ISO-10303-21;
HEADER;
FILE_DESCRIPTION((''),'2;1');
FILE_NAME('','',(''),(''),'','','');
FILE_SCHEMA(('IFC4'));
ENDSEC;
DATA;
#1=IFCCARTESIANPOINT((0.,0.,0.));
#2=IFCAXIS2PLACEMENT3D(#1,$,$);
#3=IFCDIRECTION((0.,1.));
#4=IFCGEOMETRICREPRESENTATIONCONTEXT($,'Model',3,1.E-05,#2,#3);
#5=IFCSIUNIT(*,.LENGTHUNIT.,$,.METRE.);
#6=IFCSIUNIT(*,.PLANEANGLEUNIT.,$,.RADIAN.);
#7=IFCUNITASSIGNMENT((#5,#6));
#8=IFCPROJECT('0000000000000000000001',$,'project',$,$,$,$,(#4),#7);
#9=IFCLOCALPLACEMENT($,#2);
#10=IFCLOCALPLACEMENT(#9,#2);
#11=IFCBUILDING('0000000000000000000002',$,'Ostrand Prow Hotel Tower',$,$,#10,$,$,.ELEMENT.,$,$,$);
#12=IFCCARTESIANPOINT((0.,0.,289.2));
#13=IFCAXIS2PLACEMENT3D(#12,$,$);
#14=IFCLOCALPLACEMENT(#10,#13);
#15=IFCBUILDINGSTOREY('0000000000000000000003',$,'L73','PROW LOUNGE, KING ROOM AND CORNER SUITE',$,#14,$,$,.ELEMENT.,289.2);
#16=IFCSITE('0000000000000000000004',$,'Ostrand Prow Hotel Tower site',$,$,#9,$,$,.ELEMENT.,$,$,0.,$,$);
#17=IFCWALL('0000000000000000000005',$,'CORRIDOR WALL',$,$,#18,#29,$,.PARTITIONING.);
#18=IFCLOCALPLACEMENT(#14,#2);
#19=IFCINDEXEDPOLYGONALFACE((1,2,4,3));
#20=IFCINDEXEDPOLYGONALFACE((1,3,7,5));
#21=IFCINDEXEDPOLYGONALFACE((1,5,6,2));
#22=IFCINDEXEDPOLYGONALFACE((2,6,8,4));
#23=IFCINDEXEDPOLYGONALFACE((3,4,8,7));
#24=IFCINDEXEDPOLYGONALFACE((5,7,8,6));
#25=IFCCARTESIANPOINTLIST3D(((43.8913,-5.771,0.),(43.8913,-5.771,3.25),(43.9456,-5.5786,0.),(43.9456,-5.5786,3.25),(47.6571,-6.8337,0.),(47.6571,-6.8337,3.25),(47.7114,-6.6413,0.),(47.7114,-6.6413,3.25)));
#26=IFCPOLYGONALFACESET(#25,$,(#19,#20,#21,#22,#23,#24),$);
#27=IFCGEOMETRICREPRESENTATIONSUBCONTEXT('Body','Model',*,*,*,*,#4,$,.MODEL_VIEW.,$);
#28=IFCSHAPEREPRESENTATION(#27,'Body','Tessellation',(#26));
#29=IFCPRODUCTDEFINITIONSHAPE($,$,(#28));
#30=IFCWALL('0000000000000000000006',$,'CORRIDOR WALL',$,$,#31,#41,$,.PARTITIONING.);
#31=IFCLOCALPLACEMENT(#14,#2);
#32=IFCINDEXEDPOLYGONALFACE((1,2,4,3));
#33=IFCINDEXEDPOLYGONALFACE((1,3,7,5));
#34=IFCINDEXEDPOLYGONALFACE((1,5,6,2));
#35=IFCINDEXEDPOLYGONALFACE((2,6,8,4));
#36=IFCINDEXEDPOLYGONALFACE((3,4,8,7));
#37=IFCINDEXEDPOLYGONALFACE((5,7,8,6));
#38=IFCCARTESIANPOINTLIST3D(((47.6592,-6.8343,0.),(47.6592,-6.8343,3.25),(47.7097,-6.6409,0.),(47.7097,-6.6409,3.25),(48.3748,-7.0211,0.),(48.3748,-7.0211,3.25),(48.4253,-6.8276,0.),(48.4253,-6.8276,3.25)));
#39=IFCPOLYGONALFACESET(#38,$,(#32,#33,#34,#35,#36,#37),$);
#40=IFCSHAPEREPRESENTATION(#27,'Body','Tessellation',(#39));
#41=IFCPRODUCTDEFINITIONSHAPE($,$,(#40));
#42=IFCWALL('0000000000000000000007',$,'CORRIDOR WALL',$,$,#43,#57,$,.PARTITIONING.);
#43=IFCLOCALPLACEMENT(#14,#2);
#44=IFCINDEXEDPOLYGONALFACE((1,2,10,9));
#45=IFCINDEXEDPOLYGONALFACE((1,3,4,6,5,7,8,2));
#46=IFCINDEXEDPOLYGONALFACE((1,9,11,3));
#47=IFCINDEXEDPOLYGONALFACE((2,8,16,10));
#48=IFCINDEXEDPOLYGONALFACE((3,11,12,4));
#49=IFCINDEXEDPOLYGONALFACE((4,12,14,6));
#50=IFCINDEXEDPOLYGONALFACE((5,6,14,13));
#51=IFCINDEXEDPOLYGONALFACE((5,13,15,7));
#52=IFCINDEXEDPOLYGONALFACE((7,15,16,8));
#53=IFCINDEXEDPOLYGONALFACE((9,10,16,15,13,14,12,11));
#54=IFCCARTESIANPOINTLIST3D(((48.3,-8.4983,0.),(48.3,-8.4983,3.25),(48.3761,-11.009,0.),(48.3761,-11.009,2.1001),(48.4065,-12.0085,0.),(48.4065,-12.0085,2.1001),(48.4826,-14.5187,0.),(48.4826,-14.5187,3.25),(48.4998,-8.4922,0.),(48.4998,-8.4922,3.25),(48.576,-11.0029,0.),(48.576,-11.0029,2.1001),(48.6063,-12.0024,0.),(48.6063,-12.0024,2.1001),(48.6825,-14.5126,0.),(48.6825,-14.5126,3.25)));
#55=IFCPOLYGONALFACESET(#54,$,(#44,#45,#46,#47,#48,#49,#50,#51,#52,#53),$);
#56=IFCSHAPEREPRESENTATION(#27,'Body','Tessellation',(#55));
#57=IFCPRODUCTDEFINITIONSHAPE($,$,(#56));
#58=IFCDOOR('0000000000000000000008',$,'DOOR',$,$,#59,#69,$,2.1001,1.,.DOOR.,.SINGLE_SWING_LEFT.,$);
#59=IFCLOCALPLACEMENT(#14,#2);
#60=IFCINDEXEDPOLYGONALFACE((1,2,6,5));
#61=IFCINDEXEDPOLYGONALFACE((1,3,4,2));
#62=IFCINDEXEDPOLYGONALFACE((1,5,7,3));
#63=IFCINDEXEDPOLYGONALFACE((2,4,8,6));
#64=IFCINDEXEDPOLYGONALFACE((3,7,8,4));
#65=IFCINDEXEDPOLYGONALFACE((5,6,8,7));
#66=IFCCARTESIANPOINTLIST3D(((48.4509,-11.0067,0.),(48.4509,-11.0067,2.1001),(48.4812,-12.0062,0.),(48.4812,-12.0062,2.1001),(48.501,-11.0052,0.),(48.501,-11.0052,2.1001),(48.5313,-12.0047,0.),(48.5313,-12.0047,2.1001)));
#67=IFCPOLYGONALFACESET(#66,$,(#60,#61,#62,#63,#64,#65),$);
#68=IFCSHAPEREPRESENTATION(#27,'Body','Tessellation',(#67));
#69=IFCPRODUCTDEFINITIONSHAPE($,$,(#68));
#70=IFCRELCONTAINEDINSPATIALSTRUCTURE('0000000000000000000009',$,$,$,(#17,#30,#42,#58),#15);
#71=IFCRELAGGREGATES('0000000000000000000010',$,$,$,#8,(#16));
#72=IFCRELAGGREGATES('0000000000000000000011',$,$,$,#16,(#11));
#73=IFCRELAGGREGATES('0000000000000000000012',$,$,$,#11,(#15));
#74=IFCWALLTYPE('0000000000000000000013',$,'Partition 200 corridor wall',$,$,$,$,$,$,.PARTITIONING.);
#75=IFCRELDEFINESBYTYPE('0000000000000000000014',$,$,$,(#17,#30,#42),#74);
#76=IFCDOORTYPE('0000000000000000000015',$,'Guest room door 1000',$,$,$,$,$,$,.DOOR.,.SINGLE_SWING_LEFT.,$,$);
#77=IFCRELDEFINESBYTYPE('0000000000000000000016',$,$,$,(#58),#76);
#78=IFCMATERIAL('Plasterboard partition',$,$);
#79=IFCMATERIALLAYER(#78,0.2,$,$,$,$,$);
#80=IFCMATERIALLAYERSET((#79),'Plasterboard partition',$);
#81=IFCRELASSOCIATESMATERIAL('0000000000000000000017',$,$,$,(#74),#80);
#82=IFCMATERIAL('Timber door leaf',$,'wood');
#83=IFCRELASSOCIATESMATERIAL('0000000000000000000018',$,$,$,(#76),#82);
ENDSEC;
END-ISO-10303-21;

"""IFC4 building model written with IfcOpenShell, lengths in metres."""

from ifc_helpers import new_model, si_unit, direction, frame, frame_2d, origin, place, context, subcontext, project, spatial, rectangle, extrude, material, layer, layer_set, type_object, element, fill, save


model = new_model("IFC4")

# Units and contexts
model_context = context("Model", 3, precision=1e-05, world=origin(), true_north=direction((0.0, 1.0)))
body_context = subcontext(model_context, "Body", "Model", "MODEL_VIEW")
ifc_project = project(units=[si_unit("LENGTHUNIT", "METRE"), si_unit("PLANEANGLEUNIT", "RADIAN")], contexts=[model_context])

# Site, building, storey
site_placement = place(None, origin())
site = spatial("IfcSite", under=ifc_project, at=site_placement, Name="Ostrand Prow Hotel Tower site", CompositionType="ELEMENT", RefElevation=0.0)
building_placement = place(site_placement, origin())
building = spatial("IfcBuilding", under=site, at=building_placement, Name="Ostrand Prow Hotel Tower", CompositionType="ELEMENT")
storey_placement = place(building_placement, frame((0.0, 0.0, 289.2)))
storey = spatial("IfcBuildingStorey", under=building, at=storey_placement, Name="L73", Description="PROW LOUNGE, KING ROOM AND CORNER SUITE", CompositionType="ELEMENT", Elevation=289.2)

# Walls
ifc_material_1 = material(Name="Plasterboard partition")
ifc_layer_1 = layer(ifc_material_1, 0.2)
ifc_layer_set_1 = layer_set([ifc_layer_1], Name="Plasterboard partition")
wall_type_1 = type_object("IfcWallType", Name="Partition 200 corridor wall", PredefinedType="PARTITIONING", material=ifc_layer_set_1)
wall_1_placement = place(storey_placement, frame((47.6843, -6.7375, 0.0), z_axis=(0.0, 0.0, 1.0), x_axis=(-0.962411, 0.271596, 0.0)))
element("IfcWall", 1, at=wall_1_placement, inside=storey, type_object=wall_type_1, Name="CORRIDOR WALL", PredefinedType="PARTITIONING", context=body_context, shape_type="SweptSolid", body=[
    extrude(rectangle(XDim=3.9128, YDim=0.2, at=frame_2d((1.9565, 0.0))), origin(), (0.0, 0.0, 1.0), 3.25),
])
wall_2_placement = place(storey_placement, frame((48.3999, -6.9243, 0.0), z_axis=(0.0, 0.0, 1.0), x_axis=(-0.967586, 0.252543, 0.0)))
element("IfcWall", 2, at=wall_2_placement, inside=storey, type_object=wall_type_1, Name="CORRIDOR WALL", PredefinedType="PARTITIONING", context=body_context, shape_type="SweptSolid", body=[
    extrude(rectangle(XDim=0.7395, YDim=0.2, at=frame_2d((0.3696, 0.0))), origin(), (0.0, 0.0, 1.0), 3.25),
])

# Wall, opening, door
wall_3_placement = place(storey_placement, frame((48.3999, -8.4951, 0.0), z_axis=(0.0, 0.0, 1.0), x_axis=(0.030319, -0.99954, 0.0)))
wall_3 = element("IfcWall", 3, at=wall_3_placement, inside=storey, type_object=wall_type_1, Name="CORRIDOR WALL", PredefinedType="PARTITIONING", context=body_context, shape_type="SweptSolid", body=[
    extrude(rectangle(XDim=6.0232, YDim=0.2, at=frame_2d((3.0117, 0.0))), origin(), (0.0, 0.0, 1.0), 3.25),
])
opening_1_placement = place(wall_3_placement, frame((2.512, 0.0, 0.0)))
opening_1 = element("IfcOpeningElement", 4, at=opening_1_placement, cuts=wall_3, PredefinedType="OPENING", context=body_context, shape_type="SweptSolid", body=[
    extrude(rectangle(XDim=1.0, YDim=2.1001, at=frame_2d((0.5, 1.05))), frame((0.0, 0.1099, 0.0), z_axis=(0.0, -1.0, 0.0), x_axis=(1.0, 0.0, 0.0)), (0.0, 0.0, 1.0), 0.22),
])
ifc_material_2 = material(Name="Timber door leaf", Category="wood")
door_type_1 = type_object("IfcDoorType", Name="Guest room door 1000", OperationType="SINGLE_SWING_LEFT", PredefinedType="DOOR", material=ifc_material_2)
door_1_placement = place(opening_1_placement, origin())
door_1 = element("IfcDoor", 5, at=door_1_placement, inside=storey, type_object=door_type_1, Name="DOOR", OperationType="SINGLE_SWING_LEFT", OverallHeight=2.1001, OverallWidth=1.0, PredefinedType="DOOR", context=body_context, shape_type="SweptSolid", body=[
    extrude(rectangle(XDim=1.0, YDim=2.1001, at=frame_2d((0.5, 1.05))), frame((0.0, 0.0249, 0.0), z_axis=(0.0, -1.0, 0.0), x_axis=(1.0, 0.0, 0.0)), (0.0, 0.0, 1.0), 0.05),
])
fill(opening_1, door_1)

save(model, "model.ifc")
